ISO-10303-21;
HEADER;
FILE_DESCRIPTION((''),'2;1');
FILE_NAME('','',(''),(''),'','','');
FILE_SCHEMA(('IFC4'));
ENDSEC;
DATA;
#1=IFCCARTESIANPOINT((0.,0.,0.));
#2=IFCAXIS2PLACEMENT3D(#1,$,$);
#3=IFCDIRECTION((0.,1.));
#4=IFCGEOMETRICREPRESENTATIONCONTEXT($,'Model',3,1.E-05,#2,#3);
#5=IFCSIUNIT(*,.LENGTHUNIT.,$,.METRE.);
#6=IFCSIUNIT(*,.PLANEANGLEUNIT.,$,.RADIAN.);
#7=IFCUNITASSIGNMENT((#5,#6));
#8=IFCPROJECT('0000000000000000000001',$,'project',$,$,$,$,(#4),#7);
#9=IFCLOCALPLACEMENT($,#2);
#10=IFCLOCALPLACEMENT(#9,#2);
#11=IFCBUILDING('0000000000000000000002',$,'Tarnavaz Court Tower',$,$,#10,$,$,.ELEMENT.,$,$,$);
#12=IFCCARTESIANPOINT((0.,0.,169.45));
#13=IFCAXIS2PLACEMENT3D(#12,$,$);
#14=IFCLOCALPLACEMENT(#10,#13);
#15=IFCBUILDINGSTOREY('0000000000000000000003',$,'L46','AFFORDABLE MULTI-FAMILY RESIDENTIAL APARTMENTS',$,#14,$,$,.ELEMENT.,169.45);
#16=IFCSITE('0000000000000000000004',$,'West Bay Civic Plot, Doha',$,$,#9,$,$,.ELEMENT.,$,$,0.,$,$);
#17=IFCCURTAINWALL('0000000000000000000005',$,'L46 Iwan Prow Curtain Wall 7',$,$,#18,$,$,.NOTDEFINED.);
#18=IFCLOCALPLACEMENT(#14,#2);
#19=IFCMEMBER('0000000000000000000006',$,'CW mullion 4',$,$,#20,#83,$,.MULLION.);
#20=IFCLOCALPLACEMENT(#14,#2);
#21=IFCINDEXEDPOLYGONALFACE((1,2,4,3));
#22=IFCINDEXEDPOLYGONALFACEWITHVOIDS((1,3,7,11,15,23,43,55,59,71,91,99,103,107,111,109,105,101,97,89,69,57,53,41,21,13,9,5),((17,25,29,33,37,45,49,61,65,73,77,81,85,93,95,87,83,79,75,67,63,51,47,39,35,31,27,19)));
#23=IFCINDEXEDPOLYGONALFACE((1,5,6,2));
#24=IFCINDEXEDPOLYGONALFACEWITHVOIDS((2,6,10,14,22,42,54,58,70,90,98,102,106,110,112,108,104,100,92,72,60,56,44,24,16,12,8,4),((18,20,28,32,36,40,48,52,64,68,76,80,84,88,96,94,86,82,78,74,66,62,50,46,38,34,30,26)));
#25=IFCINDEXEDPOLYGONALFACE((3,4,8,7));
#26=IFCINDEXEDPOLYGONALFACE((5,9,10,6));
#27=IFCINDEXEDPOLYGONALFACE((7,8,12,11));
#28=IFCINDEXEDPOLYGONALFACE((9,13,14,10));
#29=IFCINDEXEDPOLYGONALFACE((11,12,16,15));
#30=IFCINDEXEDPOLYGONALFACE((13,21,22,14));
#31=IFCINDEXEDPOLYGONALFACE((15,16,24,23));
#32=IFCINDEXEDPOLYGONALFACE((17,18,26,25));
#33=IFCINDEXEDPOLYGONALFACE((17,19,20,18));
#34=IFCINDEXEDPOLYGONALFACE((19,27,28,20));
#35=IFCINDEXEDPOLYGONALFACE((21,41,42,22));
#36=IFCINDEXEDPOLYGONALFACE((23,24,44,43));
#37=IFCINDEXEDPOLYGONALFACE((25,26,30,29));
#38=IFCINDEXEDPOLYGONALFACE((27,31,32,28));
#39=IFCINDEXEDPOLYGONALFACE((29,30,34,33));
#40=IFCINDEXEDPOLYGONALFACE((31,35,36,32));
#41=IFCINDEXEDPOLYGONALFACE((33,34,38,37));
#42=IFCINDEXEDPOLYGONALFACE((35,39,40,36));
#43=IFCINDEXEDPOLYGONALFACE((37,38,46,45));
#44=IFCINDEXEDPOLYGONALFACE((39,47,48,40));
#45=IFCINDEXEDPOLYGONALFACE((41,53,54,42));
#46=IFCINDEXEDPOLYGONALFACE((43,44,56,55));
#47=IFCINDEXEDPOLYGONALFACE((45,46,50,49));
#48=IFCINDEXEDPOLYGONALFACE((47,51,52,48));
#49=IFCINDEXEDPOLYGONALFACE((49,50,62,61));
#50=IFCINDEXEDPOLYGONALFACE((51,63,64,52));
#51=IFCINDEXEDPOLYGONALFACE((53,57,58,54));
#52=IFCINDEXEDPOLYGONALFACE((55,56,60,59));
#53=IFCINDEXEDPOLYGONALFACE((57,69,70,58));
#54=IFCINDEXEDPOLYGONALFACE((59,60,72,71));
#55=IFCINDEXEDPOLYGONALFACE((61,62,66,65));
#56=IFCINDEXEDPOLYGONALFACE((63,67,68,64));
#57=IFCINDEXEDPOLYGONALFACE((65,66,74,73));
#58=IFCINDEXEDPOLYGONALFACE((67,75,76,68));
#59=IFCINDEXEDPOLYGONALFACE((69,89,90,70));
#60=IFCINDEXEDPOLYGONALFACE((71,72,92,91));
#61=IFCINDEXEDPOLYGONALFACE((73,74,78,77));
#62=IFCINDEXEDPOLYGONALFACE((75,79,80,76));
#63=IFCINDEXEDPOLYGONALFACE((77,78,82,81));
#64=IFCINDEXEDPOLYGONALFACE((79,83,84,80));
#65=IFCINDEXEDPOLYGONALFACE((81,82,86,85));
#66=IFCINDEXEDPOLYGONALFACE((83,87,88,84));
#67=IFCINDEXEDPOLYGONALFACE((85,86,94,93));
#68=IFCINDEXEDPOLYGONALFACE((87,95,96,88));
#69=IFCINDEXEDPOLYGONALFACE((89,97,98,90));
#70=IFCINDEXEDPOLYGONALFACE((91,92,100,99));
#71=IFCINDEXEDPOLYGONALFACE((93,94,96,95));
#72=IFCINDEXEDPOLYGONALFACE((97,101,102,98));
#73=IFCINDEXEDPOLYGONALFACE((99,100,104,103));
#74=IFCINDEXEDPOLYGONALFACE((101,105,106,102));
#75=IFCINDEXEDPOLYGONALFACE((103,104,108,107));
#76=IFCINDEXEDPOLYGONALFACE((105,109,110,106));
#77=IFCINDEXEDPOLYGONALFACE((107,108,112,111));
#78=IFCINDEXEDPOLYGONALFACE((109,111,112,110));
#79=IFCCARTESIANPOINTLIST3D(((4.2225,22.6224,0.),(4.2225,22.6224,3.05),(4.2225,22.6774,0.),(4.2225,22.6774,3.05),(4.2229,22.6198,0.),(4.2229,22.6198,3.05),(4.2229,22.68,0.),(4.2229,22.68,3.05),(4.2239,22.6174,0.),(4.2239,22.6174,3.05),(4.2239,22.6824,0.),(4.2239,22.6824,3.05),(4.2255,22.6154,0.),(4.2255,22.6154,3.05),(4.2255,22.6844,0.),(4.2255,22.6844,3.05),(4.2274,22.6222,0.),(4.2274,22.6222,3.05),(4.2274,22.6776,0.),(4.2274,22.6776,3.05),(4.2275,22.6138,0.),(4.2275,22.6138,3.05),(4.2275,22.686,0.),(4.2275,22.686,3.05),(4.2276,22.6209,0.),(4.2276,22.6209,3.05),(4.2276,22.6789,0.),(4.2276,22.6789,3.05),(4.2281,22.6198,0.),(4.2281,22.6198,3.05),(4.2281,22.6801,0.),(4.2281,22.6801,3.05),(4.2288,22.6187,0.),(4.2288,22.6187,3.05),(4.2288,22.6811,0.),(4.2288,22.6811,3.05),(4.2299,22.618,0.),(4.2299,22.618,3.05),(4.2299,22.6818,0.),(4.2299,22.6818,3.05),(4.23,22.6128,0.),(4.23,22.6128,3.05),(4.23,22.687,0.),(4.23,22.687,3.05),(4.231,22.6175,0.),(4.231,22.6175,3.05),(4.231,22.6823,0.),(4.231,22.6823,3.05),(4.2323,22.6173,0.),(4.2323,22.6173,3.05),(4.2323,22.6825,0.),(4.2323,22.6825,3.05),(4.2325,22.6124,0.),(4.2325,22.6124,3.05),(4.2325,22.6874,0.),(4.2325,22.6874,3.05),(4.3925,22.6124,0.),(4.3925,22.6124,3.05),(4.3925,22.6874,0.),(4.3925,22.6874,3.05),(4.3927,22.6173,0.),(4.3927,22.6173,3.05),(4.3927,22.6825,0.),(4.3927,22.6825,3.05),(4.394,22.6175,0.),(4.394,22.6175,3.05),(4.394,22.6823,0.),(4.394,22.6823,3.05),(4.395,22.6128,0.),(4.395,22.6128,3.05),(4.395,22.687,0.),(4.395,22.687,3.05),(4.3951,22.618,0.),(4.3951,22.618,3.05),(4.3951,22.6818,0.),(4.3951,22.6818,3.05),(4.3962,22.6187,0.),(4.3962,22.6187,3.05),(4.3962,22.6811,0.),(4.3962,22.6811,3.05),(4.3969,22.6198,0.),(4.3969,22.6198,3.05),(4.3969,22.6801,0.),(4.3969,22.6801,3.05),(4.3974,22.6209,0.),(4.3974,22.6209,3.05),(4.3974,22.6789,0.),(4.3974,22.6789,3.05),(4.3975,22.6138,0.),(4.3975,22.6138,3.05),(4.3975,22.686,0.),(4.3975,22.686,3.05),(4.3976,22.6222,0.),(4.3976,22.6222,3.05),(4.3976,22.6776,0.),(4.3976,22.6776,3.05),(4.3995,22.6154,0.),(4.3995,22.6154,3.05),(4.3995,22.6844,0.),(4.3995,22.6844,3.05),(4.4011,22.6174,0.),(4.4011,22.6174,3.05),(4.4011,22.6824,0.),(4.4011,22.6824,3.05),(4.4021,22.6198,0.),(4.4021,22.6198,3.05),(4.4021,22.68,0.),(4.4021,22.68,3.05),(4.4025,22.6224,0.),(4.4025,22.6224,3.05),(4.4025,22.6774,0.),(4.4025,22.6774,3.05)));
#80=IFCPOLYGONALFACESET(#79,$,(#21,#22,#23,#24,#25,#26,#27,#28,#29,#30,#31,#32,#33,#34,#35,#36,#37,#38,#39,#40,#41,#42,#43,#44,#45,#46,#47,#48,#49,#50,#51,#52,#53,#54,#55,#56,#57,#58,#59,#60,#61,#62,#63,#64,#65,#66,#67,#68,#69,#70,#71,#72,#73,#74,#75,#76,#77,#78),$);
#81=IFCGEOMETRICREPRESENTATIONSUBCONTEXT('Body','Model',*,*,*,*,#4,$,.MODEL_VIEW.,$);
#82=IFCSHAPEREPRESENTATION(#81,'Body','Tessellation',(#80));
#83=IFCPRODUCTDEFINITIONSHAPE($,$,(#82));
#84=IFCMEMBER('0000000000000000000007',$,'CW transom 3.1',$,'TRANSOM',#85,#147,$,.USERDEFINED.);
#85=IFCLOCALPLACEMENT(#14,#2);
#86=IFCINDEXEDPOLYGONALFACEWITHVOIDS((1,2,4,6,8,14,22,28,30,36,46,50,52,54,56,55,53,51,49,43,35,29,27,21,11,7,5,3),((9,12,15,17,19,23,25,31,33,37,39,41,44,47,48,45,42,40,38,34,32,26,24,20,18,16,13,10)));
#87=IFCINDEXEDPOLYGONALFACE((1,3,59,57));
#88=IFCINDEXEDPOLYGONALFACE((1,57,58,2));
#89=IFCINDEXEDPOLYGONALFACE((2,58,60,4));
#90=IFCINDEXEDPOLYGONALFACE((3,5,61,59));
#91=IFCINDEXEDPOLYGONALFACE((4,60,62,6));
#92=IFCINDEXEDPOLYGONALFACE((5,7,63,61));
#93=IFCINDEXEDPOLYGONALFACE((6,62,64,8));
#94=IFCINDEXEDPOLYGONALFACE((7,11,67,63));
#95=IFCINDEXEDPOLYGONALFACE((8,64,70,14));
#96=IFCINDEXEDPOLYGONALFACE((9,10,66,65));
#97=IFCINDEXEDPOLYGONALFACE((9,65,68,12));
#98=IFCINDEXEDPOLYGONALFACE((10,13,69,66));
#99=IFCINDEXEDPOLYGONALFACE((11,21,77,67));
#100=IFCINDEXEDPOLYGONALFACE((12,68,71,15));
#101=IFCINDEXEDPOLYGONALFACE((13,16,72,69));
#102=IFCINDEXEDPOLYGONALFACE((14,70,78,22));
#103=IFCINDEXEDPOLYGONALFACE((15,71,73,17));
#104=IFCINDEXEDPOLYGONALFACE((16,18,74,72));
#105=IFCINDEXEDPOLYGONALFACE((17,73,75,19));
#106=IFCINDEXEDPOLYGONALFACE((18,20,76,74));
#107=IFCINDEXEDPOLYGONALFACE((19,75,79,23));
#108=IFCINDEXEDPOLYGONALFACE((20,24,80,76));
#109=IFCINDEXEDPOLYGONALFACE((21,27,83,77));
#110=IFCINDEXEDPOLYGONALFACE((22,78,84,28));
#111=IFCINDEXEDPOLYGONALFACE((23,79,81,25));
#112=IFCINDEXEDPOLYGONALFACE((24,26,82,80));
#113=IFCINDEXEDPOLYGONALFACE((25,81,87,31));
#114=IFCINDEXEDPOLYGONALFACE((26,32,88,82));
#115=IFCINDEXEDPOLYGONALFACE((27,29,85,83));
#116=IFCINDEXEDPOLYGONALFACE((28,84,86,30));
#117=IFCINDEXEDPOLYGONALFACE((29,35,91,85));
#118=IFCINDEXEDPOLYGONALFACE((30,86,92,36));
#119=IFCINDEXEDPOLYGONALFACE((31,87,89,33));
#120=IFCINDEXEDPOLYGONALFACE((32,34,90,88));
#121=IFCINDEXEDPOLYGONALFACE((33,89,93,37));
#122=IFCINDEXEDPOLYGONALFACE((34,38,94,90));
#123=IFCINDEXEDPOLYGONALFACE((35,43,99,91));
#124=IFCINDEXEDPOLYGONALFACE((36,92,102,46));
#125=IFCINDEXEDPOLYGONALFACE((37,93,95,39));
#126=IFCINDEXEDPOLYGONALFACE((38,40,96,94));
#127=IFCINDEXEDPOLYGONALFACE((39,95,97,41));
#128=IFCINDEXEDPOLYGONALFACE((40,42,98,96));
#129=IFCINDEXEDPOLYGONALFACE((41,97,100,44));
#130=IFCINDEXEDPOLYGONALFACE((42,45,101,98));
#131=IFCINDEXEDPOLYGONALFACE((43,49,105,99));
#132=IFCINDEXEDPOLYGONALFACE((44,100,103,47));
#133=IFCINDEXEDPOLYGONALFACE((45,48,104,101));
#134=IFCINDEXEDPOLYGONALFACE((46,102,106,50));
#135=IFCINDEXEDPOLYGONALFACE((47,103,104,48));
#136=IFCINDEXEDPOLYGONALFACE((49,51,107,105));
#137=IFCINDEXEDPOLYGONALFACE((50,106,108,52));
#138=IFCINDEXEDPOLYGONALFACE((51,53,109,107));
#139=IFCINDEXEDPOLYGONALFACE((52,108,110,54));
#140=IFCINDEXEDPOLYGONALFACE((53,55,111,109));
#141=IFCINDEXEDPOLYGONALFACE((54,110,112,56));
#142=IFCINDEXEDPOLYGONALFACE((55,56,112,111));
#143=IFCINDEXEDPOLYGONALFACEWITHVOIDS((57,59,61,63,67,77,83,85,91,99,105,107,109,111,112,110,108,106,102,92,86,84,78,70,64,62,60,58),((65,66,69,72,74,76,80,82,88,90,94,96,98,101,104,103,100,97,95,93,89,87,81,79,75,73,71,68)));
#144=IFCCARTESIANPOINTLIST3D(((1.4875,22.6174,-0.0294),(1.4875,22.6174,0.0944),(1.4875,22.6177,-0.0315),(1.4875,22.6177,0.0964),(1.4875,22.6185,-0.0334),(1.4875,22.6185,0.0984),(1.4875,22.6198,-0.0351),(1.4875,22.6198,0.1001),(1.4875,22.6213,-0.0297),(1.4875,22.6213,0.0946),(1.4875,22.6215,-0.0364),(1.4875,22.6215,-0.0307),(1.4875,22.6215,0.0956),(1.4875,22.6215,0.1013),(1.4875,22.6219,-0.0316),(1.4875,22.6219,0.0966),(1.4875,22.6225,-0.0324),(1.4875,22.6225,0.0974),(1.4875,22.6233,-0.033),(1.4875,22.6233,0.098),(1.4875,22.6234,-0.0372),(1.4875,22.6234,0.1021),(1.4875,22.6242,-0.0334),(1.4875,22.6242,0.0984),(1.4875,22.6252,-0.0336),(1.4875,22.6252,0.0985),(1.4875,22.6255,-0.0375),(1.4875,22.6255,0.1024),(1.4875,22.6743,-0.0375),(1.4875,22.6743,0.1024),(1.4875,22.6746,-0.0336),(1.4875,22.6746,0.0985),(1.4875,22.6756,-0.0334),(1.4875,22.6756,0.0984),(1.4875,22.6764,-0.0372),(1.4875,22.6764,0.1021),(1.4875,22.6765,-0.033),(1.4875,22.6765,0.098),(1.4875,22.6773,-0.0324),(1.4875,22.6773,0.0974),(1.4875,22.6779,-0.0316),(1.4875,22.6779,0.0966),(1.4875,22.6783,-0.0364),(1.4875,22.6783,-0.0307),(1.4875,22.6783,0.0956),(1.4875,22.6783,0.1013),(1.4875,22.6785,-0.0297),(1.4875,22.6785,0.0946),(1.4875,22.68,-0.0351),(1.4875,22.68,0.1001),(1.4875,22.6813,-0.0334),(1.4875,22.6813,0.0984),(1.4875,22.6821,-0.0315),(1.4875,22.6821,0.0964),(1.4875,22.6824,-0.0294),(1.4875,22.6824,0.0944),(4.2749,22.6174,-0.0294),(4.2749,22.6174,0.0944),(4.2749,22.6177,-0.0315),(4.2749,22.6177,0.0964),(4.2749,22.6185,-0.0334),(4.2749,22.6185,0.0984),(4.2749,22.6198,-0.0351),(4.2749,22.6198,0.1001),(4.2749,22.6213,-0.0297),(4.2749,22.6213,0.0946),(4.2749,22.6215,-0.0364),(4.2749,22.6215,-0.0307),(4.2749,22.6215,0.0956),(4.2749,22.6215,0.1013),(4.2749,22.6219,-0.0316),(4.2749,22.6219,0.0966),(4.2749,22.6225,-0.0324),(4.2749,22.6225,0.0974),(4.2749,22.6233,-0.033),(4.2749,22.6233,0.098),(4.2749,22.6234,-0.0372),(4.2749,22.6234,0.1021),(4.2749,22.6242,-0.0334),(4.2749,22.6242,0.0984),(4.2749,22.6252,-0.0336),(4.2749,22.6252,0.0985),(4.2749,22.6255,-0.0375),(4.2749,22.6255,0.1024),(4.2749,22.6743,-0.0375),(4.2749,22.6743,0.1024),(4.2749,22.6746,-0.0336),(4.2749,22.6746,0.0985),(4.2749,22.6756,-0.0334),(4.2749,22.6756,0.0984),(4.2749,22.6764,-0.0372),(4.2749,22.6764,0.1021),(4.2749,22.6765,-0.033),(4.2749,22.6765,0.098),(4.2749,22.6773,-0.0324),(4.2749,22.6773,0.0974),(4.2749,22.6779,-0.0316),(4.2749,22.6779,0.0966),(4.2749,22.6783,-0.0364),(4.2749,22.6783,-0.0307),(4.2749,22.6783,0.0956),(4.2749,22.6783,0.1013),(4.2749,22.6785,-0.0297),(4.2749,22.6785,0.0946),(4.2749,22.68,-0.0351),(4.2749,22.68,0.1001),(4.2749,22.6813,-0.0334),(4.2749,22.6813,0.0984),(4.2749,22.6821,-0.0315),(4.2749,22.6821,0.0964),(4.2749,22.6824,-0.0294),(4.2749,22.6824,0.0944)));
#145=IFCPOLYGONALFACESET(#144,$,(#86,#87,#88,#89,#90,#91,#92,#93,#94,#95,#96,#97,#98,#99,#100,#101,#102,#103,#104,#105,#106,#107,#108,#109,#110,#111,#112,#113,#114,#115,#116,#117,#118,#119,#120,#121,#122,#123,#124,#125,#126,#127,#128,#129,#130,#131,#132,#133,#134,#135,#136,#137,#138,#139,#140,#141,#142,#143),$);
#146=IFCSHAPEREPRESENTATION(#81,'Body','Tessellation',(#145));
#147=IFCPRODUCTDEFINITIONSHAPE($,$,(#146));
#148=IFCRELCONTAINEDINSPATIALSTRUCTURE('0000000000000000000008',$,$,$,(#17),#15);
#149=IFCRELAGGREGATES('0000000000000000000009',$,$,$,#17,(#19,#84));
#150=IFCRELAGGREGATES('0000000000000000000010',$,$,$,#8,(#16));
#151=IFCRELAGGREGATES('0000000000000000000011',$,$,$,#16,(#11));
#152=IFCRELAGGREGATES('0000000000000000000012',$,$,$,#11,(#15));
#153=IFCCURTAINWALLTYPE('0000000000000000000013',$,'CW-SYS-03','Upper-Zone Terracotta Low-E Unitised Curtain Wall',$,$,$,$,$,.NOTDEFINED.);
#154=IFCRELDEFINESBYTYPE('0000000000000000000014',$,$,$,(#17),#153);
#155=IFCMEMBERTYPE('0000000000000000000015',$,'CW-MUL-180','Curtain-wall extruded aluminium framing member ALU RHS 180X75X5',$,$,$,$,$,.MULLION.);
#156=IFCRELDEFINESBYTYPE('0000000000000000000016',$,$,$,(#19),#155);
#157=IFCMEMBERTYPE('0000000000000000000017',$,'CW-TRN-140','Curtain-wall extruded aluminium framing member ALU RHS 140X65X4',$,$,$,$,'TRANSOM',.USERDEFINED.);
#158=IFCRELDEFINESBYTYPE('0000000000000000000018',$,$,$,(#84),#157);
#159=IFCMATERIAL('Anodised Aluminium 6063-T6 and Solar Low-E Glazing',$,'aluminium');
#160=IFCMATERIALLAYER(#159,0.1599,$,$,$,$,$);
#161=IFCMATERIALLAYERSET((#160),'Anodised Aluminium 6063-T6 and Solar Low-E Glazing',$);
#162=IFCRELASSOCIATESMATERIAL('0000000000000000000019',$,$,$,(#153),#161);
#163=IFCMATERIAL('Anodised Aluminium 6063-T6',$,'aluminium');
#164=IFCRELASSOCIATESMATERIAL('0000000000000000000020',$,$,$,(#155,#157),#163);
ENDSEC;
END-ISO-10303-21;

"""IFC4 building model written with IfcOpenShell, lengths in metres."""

from ifc_helpers import new_model, si_unit, direction, frame, origin, origin_2d, place, context, subcontext, project, spatial, hollow_rectangle, extrude, material, layer, layer_set, material_profile, profile_set, type_object, element, aggregate, save


model = new_model("IFC4")

# Units and contexts
model_context = context("Model", 3, precision=1e-05, world=origin(), true_north=direction((0.0, 1.0)))
body_context = subcontext(model_context, "Body", "Model", "MODEL_VIEW")
ifc_project = project(units=[si_unit("LENGTHUNIT", "METRE"), si_unit("PLANEANGLEUNIT", "RADIAN")], contexts=[model_context])

# Site, building, storey
site_placement = place(None, origin())
site = spatial("IfcSite", under=ifc_project, at=site_placement, Name="West Bay Civic Plot, Doha", CompositionType="ELEMENT", RefElevation=0.0)
building_placement = place(site_placement, origin())
building = spatial("IfcBuilding", under=site, at=building_placement, Name="Tarnavaz Court Tower", CompositionType="ELEMENT")
storey_placement = place(building_placement, frame((0.0, 0.0, 169.45)))
storey = spatial("IfcBuildingStorey", under=building, at=storey_placement, Name="L46", Description="AFFORDABLE MULTI-FAMILY RESIDENTIAL APARTMENTS", CompositionType="ELEMENT", Elevation=169.45)

# Curtain wall, members
ifc_material_1 = material(Name="Anodised Aluminium 6063-T6 and Solar Low-E Glazing", Category="aluminium")
ifc_layer_1 = layer(ifc_material_1, 0.1599)
ifc_layer_set_1 = layer_set([ifc_layer_1], Name="Anodised Aluminium 6063-T6 and Solar Low-E Glazing")
curtain_wall_type = type_object("IfcCurtainWallType", Name="CW-SYS-03", Description="Upper-Zone Terracotta Low-E Unitised Curtain Wall", PredefinedType="NOTDEFINED", material=ifc_layer_set_1)
curtain_wall_placement = place(storey_placement, origin())
curtain_wall = element("IfcCurtainWall", 1, at=curtain_wall_placement, inside=storey, type_object=curtain_wall_type, Name="L46 Iwan Prow Curtain Wall 7", PredefinedType="NOTDEFINED")
ifc_material_2 = material(Name="Anodised Aluminium 6063-T6", Category="aluminium")
ifc_material_profile_1 = material_profile(ifc_material_2, hollow_rectangle(XDim=0.075, YDim=0.1799, WallThickness=0.0049, InnerFilletRadius=0.0049, OuterFilletRadius=0.01, at=origin_2d()), Name="ALU RHS 180X75X5")
ifc_profile_set_1 = profile_set([ifc_material_profile_1], Name="Anodised Aluminium 6063-T6")
member_type_1 = type_object("IfcMemberType", Name="CW-MUL-180", Description="Curtain-wall extruded aluminium framing member ALU RHS 180X75X5", PredefinedType="MULLION", material=ifc_profile_set_1)
member_1_placement = place(storey_placement, frame((4.3125, 22.6499, 0.0), z_axis=(0.0, 0.0, 1.0), x_axis=(0.0, 1.0, 0.0)))
member_1 = element("IfcMember", 2, at=member_1_placement, type_object=member_type_1, Name="CW mullion 4", PredefinedType="MULLION", context=body_context, shape_type="SweptSolid", body=[
    extrude(hollow_rectangle(XDim=0.075, YDim=0.1799, WallThickness=0.0049, InnerFilletRadius=0.0049, OuterFilletRadius=0.01, at=origin_2d()), origin(), (0.0, 0.0, 1.0), 3.05),
])
ifc_material_profile_2 = material_profile(ifc_material_2, hollow_rectangle(XDim=0.0649, YDim=0.1399, WallThickness=0.0039, InnerFilletRadius=0.0039, OuterFilletRadius=0.0081, at=origin_2d()), Name="ALU RHS 140X65X4")
ifc_profile_set_2 = profile_set([ifc_material_profile_2], Name="Anodised Aluminium 6063-T6")
member_type_2 = type_object("IfcMemberType", Name="CW-TRN-140", Description="Curtain-wall extruded aluminium framing member ALU RHS 140X65X4", ElementType="TRANSOM", PredefinedType="USERDEFINED", material=ifc_profile_set_2)
member_2_placement = place(storey_placement, frame((1.4875, 22.6499, 0.0325), z_axis=(1.0, 0.0, 0.0), x_axis=(0.0, 1.0, 0.0)))
member_2 = element("IfcMember", 3, at=member_2_placement, type_object=member_type_2, Name="CW transom 3.1", ObjectType="TRANSOM", PredefinedType="USERDEFINED", context=body_context, shape_type="SweptSolid", body=[
    extrude(hollow_rectangle(XDim=0.0649, YDim=0.1399, WallThickness=0.0039, InnerFilletRadius=0.0039, OuterFilletRadius=0.0081, at=origin_2d()), origin(), (0.0, 0.0, 1.0), 2.7874),
])
aggregate(curtain_wall, [member_1, member_2])

save(model, "model.ifc")
